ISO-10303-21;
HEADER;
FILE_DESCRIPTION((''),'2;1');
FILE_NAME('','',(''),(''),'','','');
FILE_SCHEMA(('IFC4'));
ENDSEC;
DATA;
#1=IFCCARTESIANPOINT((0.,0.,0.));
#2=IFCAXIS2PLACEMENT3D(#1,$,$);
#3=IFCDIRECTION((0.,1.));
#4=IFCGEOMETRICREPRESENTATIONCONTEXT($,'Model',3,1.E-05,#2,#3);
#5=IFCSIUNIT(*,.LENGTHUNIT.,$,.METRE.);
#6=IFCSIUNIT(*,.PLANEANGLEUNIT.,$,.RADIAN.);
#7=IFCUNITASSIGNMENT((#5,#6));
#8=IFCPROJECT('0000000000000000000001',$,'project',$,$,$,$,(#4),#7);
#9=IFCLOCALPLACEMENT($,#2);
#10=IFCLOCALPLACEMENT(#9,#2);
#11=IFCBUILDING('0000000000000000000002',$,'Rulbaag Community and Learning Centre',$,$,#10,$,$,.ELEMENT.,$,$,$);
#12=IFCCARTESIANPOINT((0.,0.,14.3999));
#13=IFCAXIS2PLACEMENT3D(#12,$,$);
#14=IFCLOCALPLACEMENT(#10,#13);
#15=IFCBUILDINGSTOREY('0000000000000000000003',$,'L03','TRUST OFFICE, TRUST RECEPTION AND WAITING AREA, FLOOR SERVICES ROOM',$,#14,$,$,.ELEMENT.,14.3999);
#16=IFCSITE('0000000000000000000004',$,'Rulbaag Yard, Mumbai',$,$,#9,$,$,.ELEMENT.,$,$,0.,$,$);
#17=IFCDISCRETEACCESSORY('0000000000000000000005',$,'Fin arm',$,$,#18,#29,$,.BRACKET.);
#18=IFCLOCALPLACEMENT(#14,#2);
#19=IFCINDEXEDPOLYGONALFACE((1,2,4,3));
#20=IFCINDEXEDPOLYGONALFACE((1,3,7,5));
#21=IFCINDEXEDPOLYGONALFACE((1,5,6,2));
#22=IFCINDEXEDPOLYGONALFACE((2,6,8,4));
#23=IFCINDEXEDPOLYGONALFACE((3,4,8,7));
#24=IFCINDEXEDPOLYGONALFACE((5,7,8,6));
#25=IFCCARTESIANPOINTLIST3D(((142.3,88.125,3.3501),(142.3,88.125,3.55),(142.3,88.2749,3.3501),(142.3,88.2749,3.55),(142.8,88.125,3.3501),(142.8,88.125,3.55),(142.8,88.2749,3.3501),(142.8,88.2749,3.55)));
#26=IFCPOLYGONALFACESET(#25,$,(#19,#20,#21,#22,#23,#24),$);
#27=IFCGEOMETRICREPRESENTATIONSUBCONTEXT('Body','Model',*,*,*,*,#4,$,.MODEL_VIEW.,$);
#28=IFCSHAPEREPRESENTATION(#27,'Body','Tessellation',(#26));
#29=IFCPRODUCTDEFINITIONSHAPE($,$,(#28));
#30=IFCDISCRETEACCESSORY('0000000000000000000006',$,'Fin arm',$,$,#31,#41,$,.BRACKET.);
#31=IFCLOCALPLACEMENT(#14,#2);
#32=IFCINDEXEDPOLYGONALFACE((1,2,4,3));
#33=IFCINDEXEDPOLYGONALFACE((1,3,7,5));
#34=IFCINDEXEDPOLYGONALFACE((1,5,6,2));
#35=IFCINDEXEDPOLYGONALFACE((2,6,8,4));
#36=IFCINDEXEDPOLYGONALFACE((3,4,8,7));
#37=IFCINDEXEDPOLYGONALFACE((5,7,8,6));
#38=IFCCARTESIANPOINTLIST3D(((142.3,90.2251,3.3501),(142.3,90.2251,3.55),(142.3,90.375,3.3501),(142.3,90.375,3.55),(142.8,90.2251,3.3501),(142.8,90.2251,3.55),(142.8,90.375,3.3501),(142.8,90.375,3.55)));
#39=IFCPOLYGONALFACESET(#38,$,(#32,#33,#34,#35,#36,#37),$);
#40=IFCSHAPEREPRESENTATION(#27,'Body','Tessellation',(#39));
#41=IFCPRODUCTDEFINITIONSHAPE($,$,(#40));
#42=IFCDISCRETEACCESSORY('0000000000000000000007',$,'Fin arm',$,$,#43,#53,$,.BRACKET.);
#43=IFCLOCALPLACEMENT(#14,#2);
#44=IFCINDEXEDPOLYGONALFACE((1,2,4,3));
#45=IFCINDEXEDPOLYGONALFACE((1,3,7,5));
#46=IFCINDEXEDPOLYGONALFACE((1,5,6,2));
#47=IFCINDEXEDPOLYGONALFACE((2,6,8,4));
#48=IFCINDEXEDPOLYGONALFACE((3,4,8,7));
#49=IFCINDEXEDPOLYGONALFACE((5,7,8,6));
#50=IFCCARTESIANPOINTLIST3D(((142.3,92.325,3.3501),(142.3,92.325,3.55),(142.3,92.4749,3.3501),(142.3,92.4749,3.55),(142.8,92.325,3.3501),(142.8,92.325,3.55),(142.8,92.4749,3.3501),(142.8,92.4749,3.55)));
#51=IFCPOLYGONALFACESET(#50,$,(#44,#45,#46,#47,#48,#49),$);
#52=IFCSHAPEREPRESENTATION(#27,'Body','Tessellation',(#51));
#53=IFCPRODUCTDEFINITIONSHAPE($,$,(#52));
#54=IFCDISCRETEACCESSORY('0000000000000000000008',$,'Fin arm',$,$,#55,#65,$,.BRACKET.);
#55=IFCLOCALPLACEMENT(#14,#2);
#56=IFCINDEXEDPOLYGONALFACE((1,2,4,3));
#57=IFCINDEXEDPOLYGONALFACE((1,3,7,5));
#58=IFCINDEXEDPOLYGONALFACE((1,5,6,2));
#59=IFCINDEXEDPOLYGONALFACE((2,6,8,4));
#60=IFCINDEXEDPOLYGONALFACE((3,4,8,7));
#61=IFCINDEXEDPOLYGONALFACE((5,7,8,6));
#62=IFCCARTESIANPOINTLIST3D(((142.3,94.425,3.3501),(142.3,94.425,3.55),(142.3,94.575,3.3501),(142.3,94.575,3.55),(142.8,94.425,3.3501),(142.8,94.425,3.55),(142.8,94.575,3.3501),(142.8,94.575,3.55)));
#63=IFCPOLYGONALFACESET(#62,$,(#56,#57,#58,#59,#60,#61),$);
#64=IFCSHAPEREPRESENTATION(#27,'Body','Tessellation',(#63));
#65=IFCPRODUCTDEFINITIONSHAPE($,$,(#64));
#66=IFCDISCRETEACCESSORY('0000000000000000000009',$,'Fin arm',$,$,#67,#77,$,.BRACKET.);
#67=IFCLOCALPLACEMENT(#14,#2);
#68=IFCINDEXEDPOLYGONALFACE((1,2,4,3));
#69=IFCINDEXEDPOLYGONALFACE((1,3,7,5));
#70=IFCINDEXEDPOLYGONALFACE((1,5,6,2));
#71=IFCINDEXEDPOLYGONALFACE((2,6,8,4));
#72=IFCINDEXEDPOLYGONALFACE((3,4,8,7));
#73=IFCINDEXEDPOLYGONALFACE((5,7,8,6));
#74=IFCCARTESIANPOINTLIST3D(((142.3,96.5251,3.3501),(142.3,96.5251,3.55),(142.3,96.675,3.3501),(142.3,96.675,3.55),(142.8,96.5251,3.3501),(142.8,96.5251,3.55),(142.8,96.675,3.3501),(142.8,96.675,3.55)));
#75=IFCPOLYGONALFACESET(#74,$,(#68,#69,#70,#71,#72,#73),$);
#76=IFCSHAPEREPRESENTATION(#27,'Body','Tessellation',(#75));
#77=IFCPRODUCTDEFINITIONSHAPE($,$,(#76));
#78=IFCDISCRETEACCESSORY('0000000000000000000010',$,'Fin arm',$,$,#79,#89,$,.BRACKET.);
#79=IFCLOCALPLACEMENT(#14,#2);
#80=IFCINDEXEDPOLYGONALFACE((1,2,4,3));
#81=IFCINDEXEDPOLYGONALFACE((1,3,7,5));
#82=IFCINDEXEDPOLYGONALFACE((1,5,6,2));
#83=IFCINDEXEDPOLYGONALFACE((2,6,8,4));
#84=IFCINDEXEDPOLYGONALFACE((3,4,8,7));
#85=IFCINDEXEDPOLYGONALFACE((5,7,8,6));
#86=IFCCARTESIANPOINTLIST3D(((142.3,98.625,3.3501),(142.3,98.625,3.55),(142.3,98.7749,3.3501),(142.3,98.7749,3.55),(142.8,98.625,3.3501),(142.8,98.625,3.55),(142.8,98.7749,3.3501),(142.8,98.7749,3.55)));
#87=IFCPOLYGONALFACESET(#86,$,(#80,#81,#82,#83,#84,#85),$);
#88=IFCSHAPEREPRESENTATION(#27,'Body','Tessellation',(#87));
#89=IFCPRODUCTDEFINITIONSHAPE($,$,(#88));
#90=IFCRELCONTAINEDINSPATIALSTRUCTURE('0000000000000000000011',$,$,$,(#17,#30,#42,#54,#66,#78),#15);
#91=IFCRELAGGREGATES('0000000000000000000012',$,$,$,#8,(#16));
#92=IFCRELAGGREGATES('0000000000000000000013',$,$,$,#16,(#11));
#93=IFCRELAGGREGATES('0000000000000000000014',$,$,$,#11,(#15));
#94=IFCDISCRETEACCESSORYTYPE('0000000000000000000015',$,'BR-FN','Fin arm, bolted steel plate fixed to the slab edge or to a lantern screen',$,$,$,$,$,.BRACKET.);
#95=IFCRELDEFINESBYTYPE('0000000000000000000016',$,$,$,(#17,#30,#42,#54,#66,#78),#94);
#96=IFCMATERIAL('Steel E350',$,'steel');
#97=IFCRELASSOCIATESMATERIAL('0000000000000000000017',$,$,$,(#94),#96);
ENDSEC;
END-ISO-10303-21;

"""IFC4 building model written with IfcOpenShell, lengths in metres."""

from ifc_helpers import new_model, si_unit, direction, frame, origin, origin_2d, place, context, subcontext, project, spatial, rectangle, extrude, material, type_object, element, save


model = new_model("IFC4")

# Units and contexts
model_context = context("Model", 3, precision=1e-05, world=origin(), true_north=direction((0.0, 1.0)))
body_context = subcontext(model_context, "Body", "Model", "MODEL_VIEW")
ifc_project = project(units=[si_unit("LENGTHUNIT", "METRE"), si_unit("PLANEANGLEUNIT", "RADIAN")], contexts=[model_context])

# Site, building, storey
site_placement = place(None, origin())
site = spatial("IfcSite", under=ifc_project, at=site_placement, Name="Rulbaag Yard, Mumbai", CompositionType="ELEMENT", RefElevation=0.0)
building_placement = place(site_placement, origin())
building = spatial("IfcBuilding", under=site, at=building_placement, Name="Rulbaag Community and Learning Centre", CompositionType="ELEMENT")
storey_placement = place(building_placement, frame((0.0, 0.0, 14.3999)))
storey = spatial("IfcBuildingStorey", under=building, at=storey_placement, Name="L03", Description="TRUST OFFICE, TRUST RECEPTION AND WAITING AREA, FLOOR SERVICES ROOM", CompositionType="ELEMENT", Elevation=14.3999)

# Discrete accessories
ifc_material_1 = material(Name="Steel E350", Category="steel")
discrete_accessory_type = type_object("IfcDiscreteAccessoryType", Name="BR-FN", Description="Fin arm, bolted steel plate fixed to the slab edge or to a lantern screen", PredefinedType="BRACKET", material=ifc_material_1)
for number, where, z_axis, x_axis, name in (
    (1, (142.55, 88.2, 3.3501), (0.0, 0.0, 1.0), (1.0, 0.0, 0.0), "Fin arm"),
    (2, (142.55, 90.3, 3.3501), (0.0, 0.0, 1.0), (1.0, 0.0, 0.0), "Fin arm"),
    (3, (142.55, 92.3999, 3.3501), (0.0, 0.0, 1.0), (1.0, 0.0, 0.0), "Fin arm"),
    (4, (142.55, 94.5, 3.3501), (0.0, 0.0, 1.0), (1.0, 0.0, 0.0), "Fin arm"),
    (5, (142.55, 96.6001, 3.3501), (0.0, 0.0, 1.0), (1.0, 0.0, 0.0), "Fin arm"),
    (6, (142.55, 98.7, 3.3501), (0.0, 0.0, 1.0), (1.0, 0.0, 0.0), "Fin arm"),
):
    element("IfcDiscreteAccessory", number, at=place(storey_placement, frame(where, z_axis=z_axis, x_axis=x_axis)), inside=storey, type_object=discrete_accessory_type, Name=name, PredefinedType="BRACKET", context=body_context, shape_type="SweptSolid", body=[
        extrude(rectangle(XDim=0.5, YDim=0.1499, at=origin_2d()), origin(), (0.0, 0.0, 1.0), 0.2),
    ])

save(model, "model.ifc")
